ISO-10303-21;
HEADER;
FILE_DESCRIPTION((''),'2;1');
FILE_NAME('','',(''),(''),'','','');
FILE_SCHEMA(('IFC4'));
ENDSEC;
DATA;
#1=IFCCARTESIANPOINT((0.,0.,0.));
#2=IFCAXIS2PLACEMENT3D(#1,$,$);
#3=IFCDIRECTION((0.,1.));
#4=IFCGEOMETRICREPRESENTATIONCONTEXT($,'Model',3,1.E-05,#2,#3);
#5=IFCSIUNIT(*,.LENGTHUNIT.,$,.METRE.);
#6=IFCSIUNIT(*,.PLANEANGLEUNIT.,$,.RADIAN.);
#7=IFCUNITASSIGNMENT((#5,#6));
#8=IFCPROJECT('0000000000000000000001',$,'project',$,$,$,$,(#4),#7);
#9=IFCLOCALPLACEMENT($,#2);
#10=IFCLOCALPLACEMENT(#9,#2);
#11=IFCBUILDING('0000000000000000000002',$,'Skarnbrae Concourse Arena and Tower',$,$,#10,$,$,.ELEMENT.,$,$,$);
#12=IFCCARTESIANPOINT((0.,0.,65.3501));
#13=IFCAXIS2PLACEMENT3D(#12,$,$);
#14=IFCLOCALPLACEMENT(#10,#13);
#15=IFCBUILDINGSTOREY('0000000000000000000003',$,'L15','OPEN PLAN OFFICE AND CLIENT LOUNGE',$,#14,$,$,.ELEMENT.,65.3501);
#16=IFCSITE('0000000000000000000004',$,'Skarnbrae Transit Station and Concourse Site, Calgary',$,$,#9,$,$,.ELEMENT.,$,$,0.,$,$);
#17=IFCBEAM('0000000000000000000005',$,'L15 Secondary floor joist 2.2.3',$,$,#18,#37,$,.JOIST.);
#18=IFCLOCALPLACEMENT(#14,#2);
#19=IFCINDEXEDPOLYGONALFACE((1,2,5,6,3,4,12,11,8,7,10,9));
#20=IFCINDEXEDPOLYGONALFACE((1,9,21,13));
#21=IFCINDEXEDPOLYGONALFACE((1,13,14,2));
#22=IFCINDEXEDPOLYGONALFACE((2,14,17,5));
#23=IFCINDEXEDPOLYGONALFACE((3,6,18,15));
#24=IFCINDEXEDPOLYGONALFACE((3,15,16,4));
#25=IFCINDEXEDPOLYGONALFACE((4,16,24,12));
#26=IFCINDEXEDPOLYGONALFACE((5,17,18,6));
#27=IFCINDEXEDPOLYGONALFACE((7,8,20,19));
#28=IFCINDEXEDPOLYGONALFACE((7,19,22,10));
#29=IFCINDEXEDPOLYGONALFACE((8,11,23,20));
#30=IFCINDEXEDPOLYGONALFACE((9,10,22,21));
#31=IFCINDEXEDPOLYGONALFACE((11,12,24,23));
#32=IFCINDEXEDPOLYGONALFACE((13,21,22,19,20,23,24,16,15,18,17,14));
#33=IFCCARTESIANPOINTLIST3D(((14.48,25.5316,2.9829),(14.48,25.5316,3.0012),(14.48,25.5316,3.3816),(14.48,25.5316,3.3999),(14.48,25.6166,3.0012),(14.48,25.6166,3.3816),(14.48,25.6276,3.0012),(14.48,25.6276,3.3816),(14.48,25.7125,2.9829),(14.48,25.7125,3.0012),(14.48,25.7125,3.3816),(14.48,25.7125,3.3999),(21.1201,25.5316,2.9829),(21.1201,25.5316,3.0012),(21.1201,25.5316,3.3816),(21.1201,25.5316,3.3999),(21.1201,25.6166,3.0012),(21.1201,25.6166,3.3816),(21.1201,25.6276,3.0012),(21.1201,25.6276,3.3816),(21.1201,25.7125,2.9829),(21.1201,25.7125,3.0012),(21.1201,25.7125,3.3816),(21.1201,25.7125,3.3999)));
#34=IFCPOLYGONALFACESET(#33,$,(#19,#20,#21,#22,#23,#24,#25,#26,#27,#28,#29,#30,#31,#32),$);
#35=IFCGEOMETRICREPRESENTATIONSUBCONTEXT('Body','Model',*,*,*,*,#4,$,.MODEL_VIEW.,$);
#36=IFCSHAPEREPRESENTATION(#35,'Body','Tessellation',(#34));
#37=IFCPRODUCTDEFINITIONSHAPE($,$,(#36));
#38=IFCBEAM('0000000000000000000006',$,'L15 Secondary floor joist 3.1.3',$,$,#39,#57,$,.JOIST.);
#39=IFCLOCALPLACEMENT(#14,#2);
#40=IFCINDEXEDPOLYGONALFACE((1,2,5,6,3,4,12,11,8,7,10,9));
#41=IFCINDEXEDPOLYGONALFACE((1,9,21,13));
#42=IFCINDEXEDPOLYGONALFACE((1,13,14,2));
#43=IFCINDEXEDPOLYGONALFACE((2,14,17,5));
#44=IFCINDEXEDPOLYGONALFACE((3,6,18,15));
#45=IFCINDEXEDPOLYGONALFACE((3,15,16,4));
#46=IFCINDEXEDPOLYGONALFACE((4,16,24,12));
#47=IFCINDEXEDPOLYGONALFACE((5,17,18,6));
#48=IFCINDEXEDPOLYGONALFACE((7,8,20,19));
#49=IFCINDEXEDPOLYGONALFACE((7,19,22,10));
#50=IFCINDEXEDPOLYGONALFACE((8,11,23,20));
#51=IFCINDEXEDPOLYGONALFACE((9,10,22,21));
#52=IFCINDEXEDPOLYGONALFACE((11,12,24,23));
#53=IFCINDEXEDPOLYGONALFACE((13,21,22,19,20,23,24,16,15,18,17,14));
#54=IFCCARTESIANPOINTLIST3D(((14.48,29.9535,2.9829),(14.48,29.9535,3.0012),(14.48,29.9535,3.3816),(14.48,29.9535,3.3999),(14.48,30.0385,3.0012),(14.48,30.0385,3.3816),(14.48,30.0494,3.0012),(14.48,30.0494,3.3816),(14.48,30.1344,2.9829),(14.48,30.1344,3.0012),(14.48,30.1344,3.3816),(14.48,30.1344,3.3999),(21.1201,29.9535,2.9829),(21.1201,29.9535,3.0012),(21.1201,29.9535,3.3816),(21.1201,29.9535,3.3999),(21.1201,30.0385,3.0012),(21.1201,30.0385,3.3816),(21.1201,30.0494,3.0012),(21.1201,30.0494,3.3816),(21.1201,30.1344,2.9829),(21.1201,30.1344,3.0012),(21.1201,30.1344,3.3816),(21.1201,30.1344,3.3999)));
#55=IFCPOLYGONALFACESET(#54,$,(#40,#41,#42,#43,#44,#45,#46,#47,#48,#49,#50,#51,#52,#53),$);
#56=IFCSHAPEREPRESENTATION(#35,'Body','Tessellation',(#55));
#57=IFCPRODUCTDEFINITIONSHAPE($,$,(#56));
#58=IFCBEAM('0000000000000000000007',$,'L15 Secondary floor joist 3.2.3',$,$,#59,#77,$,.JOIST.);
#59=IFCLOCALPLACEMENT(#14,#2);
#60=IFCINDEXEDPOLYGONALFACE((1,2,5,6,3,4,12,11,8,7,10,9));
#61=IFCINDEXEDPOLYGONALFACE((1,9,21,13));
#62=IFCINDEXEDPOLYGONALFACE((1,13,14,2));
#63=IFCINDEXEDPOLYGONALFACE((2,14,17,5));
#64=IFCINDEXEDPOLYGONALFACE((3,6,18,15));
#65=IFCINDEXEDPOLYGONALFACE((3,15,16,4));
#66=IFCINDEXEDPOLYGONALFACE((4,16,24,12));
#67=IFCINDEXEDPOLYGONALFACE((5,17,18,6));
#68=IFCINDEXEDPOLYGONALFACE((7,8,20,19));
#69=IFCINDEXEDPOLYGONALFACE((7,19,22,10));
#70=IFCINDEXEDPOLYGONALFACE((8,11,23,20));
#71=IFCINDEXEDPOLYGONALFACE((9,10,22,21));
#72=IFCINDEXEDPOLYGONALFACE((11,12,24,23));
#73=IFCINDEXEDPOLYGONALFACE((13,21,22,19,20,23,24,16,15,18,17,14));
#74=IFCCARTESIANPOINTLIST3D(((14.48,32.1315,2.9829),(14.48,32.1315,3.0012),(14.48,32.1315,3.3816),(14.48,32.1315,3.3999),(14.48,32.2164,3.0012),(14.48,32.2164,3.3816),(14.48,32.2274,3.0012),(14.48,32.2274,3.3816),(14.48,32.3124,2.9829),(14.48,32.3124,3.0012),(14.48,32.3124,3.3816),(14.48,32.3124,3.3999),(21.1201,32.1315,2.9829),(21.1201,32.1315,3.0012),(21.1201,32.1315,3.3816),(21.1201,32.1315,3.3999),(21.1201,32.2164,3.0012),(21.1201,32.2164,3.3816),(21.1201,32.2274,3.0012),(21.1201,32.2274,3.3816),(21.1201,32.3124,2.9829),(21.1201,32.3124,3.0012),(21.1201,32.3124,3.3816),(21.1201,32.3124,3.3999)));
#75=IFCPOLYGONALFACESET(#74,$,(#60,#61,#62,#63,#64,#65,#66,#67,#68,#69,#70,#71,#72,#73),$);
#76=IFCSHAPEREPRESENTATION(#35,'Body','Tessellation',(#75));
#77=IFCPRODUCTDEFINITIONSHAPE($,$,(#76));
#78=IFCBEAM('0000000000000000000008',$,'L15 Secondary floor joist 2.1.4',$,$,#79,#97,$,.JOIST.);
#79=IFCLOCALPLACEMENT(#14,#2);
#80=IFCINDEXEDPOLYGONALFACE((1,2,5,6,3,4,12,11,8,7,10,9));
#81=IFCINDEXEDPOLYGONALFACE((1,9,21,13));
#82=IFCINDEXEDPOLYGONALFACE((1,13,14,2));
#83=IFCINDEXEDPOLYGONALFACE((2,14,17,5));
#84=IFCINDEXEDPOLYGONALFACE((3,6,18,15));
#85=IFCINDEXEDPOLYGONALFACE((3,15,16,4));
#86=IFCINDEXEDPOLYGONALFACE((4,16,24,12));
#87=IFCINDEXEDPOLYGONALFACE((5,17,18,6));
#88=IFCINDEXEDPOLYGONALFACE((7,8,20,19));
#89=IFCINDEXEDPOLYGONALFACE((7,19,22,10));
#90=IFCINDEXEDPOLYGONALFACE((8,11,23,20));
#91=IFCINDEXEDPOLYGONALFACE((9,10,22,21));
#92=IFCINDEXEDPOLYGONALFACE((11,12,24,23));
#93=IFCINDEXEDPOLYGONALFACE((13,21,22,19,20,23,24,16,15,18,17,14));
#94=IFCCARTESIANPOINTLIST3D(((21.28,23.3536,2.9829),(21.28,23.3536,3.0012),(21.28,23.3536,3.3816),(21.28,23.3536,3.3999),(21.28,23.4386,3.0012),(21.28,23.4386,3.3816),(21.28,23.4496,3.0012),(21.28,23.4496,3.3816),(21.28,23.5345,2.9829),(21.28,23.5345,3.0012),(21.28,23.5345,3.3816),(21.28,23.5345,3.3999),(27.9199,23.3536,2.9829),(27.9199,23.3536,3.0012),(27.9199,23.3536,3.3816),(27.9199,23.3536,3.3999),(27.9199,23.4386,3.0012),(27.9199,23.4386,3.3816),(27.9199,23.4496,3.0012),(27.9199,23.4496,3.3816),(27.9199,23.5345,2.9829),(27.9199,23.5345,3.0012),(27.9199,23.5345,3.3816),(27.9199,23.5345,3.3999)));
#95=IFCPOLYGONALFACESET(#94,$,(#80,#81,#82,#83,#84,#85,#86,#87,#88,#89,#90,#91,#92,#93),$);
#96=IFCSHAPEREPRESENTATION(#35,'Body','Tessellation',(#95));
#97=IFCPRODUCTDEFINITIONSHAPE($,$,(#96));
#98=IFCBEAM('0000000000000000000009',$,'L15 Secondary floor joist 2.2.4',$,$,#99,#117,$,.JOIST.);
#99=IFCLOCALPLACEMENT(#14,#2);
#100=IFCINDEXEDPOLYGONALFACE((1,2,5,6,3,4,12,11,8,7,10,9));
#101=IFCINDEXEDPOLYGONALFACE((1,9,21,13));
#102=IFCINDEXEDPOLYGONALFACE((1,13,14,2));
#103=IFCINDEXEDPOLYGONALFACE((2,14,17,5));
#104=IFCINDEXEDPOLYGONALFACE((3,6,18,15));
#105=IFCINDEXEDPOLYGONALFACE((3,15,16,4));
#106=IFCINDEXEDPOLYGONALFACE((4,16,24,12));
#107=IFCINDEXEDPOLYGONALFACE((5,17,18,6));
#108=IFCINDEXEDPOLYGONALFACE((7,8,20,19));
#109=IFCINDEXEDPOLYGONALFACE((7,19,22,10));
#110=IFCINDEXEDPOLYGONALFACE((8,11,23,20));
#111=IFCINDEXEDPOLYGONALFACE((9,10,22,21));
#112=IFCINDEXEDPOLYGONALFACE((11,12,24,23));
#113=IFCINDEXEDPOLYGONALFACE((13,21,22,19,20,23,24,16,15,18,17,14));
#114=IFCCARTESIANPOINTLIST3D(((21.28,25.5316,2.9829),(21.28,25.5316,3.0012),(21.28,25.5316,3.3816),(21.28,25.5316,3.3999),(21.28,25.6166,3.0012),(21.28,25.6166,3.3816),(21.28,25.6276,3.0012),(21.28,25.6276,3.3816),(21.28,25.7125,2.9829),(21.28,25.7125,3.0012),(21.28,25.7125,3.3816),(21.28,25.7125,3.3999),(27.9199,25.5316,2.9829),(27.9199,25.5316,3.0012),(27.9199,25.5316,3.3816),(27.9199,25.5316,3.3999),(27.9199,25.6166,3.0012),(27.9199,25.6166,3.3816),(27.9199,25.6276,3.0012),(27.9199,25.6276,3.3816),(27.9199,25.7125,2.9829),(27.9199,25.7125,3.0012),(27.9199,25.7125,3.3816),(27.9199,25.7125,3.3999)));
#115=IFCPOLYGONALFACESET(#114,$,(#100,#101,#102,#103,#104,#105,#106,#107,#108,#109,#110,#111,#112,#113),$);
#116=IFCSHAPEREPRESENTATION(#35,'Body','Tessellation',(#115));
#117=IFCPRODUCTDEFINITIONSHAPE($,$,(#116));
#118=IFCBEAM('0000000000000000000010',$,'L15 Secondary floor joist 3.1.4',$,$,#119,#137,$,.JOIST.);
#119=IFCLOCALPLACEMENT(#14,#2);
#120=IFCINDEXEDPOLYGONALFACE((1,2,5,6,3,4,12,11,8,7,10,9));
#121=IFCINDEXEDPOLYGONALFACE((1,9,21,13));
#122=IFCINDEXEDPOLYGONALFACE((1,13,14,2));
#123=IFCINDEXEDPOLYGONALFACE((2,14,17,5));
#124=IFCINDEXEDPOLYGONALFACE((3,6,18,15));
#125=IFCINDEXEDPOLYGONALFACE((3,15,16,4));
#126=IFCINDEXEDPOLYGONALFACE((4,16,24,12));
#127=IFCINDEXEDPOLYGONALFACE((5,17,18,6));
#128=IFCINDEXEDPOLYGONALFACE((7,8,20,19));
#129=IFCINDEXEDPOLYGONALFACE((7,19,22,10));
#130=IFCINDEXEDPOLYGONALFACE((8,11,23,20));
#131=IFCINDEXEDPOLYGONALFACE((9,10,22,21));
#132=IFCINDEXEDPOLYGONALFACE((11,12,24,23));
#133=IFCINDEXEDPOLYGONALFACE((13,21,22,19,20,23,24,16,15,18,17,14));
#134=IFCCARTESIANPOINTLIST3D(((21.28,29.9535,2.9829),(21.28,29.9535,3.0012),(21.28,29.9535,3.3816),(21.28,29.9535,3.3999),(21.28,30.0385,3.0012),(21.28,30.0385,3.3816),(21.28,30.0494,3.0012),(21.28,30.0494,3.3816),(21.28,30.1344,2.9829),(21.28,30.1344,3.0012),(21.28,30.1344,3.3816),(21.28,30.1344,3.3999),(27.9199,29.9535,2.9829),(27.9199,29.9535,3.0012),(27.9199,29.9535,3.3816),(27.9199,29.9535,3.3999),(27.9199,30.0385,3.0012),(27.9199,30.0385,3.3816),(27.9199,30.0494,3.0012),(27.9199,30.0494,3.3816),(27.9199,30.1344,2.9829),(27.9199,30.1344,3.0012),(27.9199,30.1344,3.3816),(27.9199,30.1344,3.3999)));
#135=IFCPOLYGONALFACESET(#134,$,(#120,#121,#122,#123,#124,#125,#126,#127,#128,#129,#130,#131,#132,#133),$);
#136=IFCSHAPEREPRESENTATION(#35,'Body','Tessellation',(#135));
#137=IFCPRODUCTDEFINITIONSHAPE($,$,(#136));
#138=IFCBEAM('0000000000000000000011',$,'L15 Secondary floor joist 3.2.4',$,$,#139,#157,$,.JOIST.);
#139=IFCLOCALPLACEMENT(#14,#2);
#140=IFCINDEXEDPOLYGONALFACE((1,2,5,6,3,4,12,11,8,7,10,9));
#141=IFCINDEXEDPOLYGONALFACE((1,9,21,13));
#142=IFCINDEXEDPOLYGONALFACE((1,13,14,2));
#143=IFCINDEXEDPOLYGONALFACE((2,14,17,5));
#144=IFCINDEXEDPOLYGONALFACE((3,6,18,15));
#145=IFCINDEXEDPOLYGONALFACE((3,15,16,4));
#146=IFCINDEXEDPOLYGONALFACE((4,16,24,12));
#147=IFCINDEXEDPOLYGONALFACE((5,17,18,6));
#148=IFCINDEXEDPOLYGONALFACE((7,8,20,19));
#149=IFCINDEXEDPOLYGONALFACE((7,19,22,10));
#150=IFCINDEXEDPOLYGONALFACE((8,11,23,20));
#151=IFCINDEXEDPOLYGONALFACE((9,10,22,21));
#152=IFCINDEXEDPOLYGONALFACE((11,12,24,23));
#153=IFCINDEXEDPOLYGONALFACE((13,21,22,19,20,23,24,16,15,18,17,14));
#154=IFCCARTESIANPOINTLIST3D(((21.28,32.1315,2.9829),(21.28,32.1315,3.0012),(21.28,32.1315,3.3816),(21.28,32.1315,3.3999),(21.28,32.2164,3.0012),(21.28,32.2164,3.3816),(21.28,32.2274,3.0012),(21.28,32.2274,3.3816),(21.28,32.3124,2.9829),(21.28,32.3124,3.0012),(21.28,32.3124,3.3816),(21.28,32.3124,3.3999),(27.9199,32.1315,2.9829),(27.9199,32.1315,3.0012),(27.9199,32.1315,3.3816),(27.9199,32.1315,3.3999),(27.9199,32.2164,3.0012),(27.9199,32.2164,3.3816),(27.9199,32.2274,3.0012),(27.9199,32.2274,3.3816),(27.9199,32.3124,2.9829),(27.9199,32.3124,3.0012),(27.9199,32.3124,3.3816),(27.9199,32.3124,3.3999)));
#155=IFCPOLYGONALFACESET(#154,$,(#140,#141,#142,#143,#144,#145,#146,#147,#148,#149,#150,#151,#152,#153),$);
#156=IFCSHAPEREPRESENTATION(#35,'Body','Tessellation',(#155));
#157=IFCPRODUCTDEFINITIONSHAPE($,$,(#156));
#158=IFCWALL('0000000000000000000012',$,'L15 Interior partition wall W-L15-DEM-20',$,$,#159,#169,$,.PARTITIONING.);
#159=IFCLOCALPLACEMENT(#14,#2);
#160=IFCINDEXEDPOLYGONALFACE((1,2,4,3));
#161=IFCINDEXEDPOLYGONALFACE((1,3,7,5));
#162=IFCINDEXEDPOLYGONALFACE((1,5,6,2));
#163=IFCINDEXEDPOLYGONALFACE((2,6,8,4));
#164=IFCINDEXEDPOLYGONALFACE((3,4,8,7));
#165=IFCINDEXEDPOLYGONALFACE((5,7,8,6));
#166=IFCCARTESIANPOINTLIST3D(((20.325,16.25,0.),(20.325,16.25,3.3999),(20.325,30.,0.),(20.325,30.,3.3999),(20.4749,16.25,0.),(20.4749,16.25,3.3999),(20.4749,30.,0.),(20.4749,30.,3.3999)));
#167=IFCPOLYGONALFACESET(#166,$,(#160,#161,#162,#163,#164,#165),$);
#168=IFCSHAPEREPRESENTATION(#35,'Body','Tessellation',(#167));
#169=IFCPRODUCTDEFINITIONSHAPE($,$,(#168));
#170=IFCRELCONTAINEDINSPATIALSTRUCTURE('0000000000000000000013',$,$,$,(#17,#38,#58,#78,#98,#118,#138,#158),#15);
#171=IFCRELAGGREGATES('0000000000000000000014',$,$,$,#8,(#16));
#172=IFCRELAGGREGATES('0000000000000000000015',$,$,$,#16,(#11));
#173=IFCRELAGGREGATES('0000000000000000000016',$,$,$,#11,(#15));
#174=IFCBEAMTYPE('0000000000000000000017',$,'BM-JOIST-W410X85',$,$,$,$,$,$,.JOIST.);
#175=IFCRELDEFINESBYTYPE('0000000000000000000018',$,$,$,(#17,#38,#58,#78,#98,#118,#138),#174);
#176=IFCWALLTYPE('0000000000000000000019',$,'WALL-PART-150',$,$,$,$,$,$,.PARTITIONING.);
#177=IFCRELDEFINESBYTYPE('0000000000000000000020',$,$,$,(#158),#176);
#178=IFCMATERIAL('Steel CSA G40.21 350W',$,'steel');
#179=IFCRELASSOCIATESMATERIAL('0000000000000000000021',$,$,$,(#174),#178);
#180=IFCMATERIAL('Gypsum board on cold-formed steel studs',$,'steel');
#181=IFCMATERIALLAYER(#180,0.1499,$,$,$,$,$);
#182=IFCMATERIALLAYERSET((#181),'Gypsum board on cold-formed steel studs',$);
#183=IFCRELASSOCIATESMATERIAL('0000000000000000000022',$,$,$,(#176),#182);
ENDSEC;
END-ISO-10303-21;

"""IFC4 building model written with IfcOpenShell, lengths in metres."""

from ifc_helpers import new_model, si_unit, direction, frame, frame_2d, origin, origin_2d, place, context, subcontext, project, spatial, rectangle, i_section, extrude, source, transform, mapped, material, layer, layer_set, material_profile, profile_set, type_object, element, save


model = new_model("IFC4")

# Units and contexts
model_context = context("Model", 3, precision=1e-05, world=origin(), true_north=direction((0.0, 1.0)))
body_context = subcontext(model_context, "Body", "Model", "MODEL_VIEW")
ifc_project = project(units=[si_unit("LENGTHUNIT", "METRE"), si_unit("PLANEANGLEUNIT", "RADIAN")], contexts=[model_context])

# Site, building, storey
site_placement = place(None, origin())
site = spatial("IfcSite", under=ifc_project, at=site_placement, Name="Skarnbrae Transit Station and Concourse Site, Calgary", CompositionType="ELEMENT", RefElevation=0.0)
building_placement = place(site_placement, origin())
building = spatial("IfcBuilding", under=site, at=building_placement, Name="Skarnbrae Concourse Arena and Tower", CompositionType="ELEMENT")
storey_placement = place(building_placement, frame((0.0, 0.0, 65.3501)))
storey = spatial("IfcBuildingStorey", under=building, at=storey_placement, Name="L15", Description="OPEN PLAN OFFICE AND CLIENT LOUNGE", CompositionType="ELEMENT", Elevation=65.3501)

# Shared definitions
ifc_material_1 = material(Name="Steel CSA G40.21 350W", Category="steel")

# Beams
ifc_material_profile_1 = material_profile(ifc_material_1, i_section(OverallWidth=0.1809, OverallDepth=0.417, WebThickness=0.011, FlangeThickness=0.0183, at=origin_2d()), Name="W410X85")
ifc_profile_set_1 = profile_set([ifc_material_profile_1], Name="Steel CSA G40.21 350W")
beam_type_1 = type_object("IfcBeamType", Name="BM-JOIST-W410X85", PredefinedType="JOIST", material=ifc_profile_set_1)
shared_shape_1 = source(origin(), body_context, "Body", "SweptSolid", [
    extrude(i_section(OverallWidth=0.1809, OverallDepth=0.417, WebThickness=0.011, FlangeThickness=0.0183, at=origin_2d()), origin(), (0.0, 0.0, 1.0), 6.6401),
])
for number, where, z_axis, x_axis, name in (
    (1, (14.48, 25.6221, 3.1914), (1.0, 0.0, 0.0), (0.0, 1.0, 0.0), "L15 Secondary floor joist 2.2.3"),
    (2, (14.48, 30.0439, 3.1914), (1.0, 0.0, 0.0), (0.0, 1.0, 0.0), "L15 Secondary floor joist 3.1.3"),
    (3, (14.48, 32.2219, 3.1914), (1.0, 0.0, 0.0), (0.0, 1.0, 0.0), "L15 Secondary floor joist 3.2.3"),
):
    element("IfcBeam", number, at=place(storey_placement, frame(where, z_axis=z_axis, x_axis=x_axis)), inside=storey, type_object=beam_type_1, Name=name, PredefinedType="JOIST", context=body_context, shape_type="MappedRepresentation", body=[
        mapped(shared_shape_1, transform((0.0, 0.0, 0.0))),
    ])
shared_shape_2 = source(origin(), body_context, "Body", "SweptSolid", [
    extrude(i_section(OverallWidth=0.1809, OverallDepth=0.417, WebThickness=0.011, FlangeThickness=0.0183, at=origin_2d()), origin(), (0.0, 0.0, 1.0), 6.6399),
])
for number, where, z_axis, x_axis, name in (
    (4, (21.28, 23.4441, 3.1914), (1.0, 0.0, 0.0), (0.0, 1.0, 0.0), "L15 Secondary floor joist 2.1.4"),
    (5, (21.28, 25.6221, 3.1914), (1.0, 0.0, 0.0), (0.0, 1.0, 0.0), "L15 Secondary floor joist 2.2.4"),
    (6, (21.28, 30.0439, 3.1914), (1.0, 0.0, 0.0), (0.0, 1.0, 0.0), "L15 Secondary floor joist 3.1.4"),
    (7, (21.28, 32.2219, 3.1914), (1.0, 0.0, 0.0), (0.0, 1.0, 0.0), "L15 Secondary floor joist 3.2.4"),
):
    element("IfcBeam", number, at=place(storey_placement, frame(where, z_axis=z_axis, x_axis=x_axis)), inside=storey, type_object=beam_type_1, Name=name, PredefinedType="JOIST", context=body_context, shape_type="MappedRepresentation", body=[
        mapped(shared_shape_2, transform((0.0, 0.0, 0.0))),
    ])

# Wall
ifc_material_2 = material(Name="Gypsum board on cold-formed steel studs", Category="steel")
ifc_layer = layer(ifc_material_2, 0.1499)
ifc_layer_set = layer_set([ifc_layer], Name="Gypsum board on cold-formed steel studs")
wall_type = type_object("IfcWallType", Name="WALL-PART-150", PredefinedType="PARTITIONING", material=ifc_layer_set)
shared_shape_3 = source(origin(), body_context, "Body", "SweptSolid", [
    extrude(rectangle(XDim=13.75, YDim=0.1499, at=frame_2d((6.875, 0.0))), origin(), (0.0, 0.0, 1.0), 3.3999),
])
wall_placement = place(storey_placement, frame((20.3999, 30.0, 0.0), z_axis=(0.0, 0.0, 1.0), x_axis=(0.0, -1.0, 0.0)))
element("IfcWall", 8, at=wall_placement, inside=storey, type_object=wall_type, Name="L15 Interior partition wall W-L15-DEM-20", PredefinedType="PARTITIONING", context=body_context, shape_type="MappedRepresentation", body=[
    mapped(shared_shape_3, transform((0.0, 0.0, 0.0))),
])

save(model, "model.ifc")
